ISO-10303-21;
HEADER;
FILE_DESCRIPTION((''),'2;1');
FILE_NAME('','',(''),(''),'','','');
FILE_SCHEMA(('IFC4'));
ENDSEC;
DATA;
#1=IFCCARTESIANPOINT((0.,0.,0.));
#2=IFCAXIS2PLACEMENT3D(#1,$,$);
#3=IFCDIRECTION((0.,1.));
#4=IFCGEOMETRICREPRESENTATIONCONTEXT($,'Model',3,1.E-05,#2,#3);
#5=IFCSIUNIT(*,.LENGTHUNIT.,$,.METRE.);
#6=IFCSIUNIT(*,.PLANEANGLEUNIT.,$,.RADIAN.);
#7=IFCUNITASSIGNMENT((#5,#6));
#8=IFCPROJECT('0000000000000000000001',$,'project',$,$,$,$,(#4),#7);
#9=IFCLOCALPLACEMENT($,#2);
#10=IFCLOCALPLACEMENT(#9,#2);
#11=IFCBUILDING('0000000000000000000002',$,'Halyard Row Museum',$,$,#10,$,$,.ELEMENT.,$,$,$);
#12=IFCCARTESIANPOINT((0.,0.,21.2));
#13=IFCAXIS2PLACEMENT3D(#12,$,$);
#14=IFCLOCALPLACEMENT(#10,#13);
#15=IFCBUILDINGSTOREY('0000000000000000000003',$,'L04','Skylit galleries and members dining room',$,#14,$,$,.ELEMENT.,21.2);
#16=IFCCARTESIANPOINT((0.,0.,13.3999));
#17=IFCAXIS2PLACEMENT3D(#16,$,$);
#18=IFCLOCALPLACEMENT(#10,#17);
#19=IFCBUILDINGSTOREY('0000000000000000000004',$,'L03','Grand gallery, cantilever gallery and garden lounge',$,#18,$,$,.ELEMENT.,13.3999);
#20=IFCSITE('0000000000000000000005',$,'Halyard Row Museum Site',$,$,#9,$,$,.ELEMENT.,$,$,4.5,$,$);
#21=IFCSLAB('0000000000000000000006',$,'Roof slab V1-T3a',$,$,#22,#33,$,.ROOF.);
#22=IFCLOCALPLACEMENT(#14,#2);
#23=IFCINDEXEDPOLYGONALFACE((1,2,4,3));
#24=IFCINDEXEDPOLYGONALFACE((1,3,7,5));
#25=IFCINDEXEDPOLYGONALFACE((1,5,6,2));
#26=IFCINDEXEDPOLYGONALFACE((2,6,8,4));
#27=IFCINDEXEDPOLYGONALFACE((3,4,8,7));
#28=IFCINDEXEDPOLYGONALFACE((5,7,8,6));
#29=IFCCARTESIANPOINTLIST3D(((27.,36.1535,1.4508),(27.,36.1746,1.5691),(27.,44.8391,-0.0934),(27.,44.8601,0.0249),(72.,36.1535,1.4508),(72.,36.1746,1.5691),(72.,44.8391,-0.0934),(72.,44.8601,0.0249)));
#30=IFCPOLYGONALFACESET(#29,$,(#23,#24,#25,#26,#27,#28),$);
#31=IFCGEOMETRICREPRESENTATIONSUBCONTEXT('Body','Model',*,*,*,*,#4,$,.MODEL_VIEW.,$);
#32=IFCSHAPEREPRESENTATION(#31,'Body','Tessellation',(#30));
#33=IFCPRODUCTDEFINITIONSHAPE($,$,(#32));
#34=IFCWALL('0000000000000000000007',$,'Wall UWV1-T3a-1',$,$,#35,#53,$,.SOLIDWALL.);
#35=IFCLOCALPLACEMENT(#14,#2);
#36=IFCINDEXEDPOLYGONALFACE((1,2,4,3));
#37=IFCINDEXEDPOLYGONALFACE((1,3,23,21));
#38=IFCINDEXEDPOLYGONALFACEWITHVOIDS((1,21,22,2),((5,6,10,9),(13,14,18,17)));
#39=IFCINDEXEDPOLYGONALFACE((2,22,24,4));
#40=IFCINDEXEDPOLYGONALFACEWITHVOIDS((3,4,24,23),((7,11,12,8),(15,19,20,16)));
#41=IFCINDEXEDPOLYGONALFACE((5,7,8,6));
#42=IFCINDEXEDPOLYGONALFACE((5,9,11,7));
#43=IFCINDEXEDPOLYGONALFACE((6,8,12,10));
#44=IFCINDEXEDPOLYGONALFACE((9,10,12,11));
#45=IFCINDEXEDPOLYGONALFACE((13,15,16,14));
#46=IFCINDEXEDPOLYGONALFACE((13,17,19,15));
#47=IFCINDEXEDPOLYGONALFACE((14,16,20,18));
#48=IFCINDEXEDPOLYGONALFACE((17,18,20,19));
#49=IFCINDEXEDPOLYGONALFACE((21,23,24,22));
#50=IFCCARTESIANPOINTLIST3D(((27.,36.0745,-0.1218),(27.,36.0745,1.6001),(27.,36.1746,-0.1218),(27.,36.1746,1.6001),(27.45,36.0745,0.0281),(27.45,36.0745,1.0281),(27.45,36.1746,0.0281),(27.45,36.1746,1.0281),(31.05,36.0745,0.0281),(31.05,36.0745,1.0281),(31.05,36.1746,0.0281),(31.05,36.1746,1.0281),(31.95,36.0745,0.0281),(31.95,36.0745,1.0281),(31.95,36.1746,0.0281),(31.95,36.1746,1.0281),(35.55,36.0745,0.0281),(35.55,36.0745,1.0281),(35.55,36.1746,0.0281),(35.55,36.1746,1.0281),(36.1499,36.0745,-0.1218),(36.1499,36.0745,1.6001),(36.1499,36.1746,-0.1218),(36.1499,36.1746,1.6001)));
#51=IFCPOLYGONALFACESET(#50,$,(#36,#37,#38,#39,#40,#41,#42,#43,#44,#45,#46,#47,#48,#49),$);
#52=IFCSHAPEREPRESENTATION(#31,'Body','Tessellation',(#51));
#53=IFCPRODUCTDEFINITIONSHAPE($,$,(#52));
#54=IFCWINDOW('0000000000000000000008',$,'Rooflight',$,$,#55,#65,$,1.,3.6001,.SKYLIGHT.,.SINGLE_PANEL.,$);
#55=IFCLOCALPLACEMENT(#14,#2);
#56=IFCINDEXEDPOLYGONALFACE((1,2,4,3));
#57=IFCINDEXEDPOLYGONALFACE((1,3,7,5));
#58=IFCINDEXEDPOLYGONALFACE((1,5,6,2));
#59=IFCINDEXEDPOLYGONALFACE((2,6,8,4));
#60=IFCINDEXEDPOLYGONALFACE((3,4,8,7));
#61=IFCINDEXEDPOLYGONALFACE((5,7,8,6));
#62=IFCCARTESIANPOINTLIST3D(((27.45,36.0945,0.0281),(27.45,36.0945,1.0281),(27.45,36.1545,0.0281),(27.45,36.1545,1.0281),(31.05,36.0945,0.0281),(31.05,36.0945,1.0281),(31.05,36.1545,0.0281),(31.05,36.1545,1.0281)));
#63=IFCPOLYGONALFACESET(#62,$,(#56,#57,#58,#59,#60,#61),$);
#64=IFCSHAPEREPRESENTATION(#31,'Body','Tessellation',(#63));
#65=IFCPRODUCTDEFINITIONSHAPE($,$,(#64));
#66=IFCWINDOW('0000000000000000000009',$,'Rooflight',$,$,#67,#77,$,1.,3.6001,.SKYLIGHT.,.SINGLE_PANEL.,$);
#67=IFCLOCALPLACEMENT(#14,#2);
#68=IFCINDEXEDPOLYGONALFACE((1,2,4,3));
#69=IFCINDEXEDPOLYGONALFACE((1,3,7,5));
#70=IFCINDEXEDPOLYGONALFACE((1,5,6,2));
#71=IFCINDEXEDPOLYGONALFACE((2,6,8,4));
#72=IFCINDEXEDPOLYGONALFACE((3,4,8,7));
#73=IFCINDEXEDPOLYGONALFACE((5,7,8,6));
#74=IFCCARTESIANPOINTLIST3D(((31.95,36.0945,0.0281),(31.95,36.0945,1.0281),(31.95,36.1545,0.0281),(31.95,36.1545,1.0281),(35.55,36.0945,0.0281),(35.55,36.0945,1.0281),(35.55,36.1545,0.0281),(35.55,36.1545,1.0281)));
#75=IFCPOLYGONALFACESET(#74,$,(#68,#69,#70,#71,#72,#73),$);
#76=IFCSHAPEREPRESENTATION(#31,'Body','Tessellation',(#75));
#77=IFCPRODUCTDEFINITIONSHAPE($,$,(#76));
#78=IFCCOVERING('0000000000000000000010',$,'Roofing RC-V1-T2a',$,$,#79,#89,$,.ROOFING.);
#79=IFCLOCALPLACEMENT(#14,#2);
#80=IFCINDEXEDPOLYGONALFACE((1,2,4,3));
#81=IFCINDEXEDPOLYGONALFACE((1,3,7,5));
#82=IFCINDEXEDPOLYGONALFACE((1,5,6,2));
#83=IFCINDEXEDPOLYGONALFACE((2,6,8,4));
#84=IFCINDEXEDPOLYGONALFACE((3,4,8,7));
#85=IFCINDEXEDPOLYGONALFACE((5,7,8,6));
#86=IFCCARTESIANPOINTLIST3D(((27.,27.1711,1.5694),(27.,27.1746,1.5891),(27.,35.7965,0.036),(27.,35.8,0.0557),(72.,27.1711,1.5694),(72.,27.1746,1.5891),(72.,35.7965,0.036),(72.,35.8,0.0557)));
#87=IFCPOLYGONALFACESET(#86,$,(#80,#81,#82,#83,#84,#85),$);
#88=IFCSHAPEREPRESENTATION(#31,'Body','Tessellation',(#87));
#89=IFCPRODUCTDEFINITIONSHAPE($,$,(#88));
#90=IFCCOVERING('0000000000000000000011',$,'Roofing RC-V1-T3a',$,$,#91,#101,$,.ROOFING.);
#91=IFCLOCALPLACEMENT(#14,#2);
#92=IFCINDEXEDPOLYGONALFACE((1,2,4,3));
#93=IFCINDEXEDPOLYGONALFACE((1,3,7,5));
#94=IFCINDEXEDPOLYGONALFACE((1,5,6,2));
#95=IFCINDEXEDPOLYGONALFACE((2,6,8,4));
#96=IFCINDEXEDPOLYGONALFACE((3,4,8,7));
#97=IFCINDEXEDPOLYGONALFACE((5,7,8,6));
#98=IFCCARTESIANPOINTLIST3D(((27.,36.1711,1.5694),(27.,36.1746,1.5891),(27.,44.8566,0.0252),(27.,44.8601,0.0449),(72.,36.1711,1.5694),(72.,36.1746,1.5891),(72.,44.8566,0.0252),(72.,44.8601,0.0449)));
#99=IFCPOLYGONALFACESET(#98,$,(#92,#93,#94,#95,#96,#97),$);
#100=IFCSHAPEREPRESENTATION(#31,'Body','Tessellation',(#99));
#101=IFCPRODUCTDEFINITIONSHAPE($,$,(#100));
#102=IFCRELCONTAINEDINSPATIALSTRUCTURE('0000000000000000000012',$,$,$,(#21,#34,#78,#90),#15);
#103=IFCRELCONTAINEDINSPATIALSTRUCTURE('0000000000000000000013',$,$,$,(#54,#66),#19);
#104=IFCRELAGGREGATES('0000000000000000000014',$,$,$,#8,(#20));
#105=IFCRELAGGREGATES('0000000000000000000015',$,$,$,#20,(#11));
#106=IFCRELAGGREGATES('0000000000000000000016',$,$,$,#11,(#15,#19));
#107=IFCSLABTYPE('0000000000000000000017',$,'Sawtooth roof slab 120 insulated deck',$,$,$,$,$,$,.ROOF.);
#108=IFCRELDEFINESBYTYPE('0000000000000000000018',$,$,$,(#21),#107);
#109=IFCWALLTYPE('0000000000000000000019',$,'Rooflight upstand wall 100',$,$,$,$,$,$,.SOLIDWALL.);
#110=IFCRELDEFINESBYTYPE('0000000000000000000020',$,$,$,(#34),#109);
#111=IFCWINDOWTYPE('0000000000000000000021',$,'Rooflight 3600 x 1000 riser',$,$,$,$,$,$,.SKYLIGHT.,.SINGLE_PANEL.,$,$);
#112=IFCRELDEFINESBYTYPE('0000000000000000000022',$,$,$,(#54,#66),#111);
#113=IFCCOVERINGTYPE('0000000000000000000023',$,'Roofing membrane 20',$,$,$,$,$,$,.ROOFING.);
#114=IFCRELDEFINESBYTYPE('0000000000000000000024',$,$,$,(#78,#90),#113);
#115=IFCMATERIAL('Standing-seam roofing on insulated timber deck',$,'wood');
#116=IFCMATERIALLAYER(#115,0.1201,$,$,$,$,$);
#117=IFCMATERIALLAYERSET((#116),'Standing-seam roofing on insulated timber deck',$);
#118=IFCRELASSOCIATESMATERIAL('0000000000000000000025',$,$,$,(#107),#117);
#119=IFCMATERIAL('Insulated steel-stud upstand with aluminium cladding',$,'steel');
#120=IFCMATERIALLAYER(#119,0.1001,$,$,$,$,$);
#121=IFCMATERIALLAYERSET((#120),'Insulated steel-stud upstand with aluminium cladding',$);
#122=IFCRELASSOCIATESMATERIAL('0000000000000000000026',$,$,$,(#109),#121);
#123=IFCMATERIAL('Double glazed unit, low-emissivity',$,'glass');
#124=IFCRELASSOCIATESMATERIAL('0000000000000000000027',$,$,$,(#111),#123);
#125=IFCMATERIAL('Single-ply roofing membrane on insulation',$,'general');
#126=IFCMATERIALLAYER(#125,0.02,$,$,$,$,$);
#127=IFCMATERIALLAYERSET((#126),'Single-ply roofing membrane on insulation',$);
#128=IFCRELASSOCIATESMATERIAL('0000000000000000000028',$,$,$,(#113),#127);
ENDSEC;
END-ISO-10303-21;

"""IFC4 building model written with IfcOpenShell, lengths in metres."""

from ifc_helpers import new_model, si_unit, direction, frame, frame_2d, origin, place, context, subcontext, project, spatial, polyline, rectangle, outline, extrude, material, layer, layer_set, type_object, element, fill, save


model = new_model("IFC4")

# Units and contexts
model_context = context("Model", 3, precision=1e-05, world=origin(), true_north=direction((0.0, 1.0)))
body_context = subcontext(model_context, "Body", "Model", "MODEL_VIEW")
ifc_project = project(units=[si_unit("LENGTHUNIT", "METRE"), si_unit("PLANEANGLEUNIT", "RADIAN")], contexts=[model_context])

# Site, building, storey
site_placement = place(None, origin())
site = spatial("IfcSite", under=ifc_project, at=site_placement, Name="Halyard Row Museum Site", CompositionType="ELEMENT", RefElevation=4.5)
building_placement = place(site_placement, origin())
building = spatial("IfcBuilding", under=site, at=building_placement, Name="Halyard Row Museum", CompositionType="ELEMENT")
storey_1_placement = place(building_placement, frame((0.0, 0.0, 21.2)))
storey_1 = spatial("IfcBuildingStorey", under=building, at=storey_1_placement, Name="L04", Description="Skylit galleries and members dining room", CompositionType="ELEMENT", Elevation=21.2)

# Slab
ifc_material_1 = material(Name="Standing-seam roofing on insulated timber deck", Category="wood")
ifc_layer_1 = layer(ifc_material_1, 0.1201)
ifc_layer_set_1 = layer_set([ifc_layer_1], Name="Standing-seam roofing on insulated timber deck")
slab_type = type_object("IfcSlabType", Name="Sawtooth roof slab 120 insulated deck", PredefinedType="ROOF", material=ifc_layer_set_1)
slab_placement = place(storey_1_placement, frame((27.0, 36.1746, 1.5691), z_axis=(0.0, 0.175043, 0.984561), x_axis=(1.0, 0.0, 0.0)))
element("IfcSlab", 1, at=slab_placement, inside=storey_1, type_object=slab_type, Name="Roof slab V1-T3a", PredefinedType="ROOF", context=body_context, shape_type="SweptSolid", body=[
    extrude(outline(polyline([(0.0, 0.0), (45.0, 0.0), (45.0, 8.8217), (0.0, 8.8217), (0.0, 0.0)])), origin(), (0.0, 0.0, -1.0), 0.1201),
])

# Shared definitions
ifc_material_2 = material(Name="Insulated steel-stud upstand with aluminium cladding", Category="steel")
ifc_layer_2 = layer(ifc_material_2, 0.1001)
ifc_layer_set_2 = layer_set([ifc_layer_2], Name="Insulated steel-stud upstand with aluminium cladding")
wall_type = type_object("IfcWallType", Name="Rooflight upstand wall 100", PredefinedType="SOLIDWALL", material=ifc_layer_set_2)

# Shared definitions
storey_2_placement = place(building_placement, frame((0.0, 0.0, 13.3999)))
storey_2 = spatial("IfcBuildingStorey", under=building, at=storey_2_placement, Name="L03", Description="Grand gallery, cantilever gallery and garden lounge", CompositionType="ELEMENT", Elevation=13.3999)

# Shared definitions
ifc_material_3 = material(Name="Double glazed unit, low-emissivity", Category="glass")
window_type = type_object("IfcWindowType", Name="Rooflight 3600 x 1000 riser", PartitioningType="SINGLE_PANEL", PredefinedType="SKYLIGHT", material=ifc_material_3)

# Wall, openings, windows
wall_1_placement = place(storey_1_placement, frame((27.0, 36.1245, -0.1218), z_axis=(0.0, 0.0, 1.0), x_axis=(1.0, 0.0, 0.0)))
wall_1 = element("IfcWall", 2, at=wall_1_placement, inside=storey_1, type_object=wall_type, Name="Wall UWV1-T3a-1", PredefinedType="SOLIDWALL", context=body_context, shape_type="SweptSolid", body=[
    extrude(rectangle(XDim=9.1499, YDim=0.1001, at=frame_2d((4.575, 0.0))), origin(), (0.0, 0.0, 1.0), 1.7219),
])
opening_1_placement = place(wall_1_placement, frame((0.45, 0.0, 0.1499)))
opening_1 = element("IfcOpeningElement", 3, at=opening_1_placement, cuts=wall_1, PredefinedType="OPENING", context=body_context, shape_type="SweptSolid", body=[
    extrude(rectangle(XDim=3.6001, YDim=1.0, at=frame_2d((1.8, 0.5))), frame((0.0, 0.0601, 0.0), z_axis=(0.0, -1.0, 0.0), x_axis=(1.0, 0.0, 0.0)), (0.0, 0.0, 1.0), 0.1201),
])
opening_2_placement = place(wall_1_placement, frame((4.95, 0.0, 0.1499)))
opening_2 = element("IfcOpeningElement", 4, at=opening_2_placement, cuts=wall_1, PredefinedType="OPENING", context=body_context, shape_type="SweptSolid", body=[
    extrude(rectangle(XDim=3.6001, YDim=1.0, at=frame_2d((1.8, 0.5))), frame((0.0, 0.0601, 0.0), z_axis=(0.0, -1.0, 0.0), x_axis=(1.0, 0.0, 0.0)), (0.0, 0.0, 1.0), 0.1201),
])
window_1_placement = place(opening_1_placement, origin())
window_1 = element("IfcWindow", 5, at=window_1_placement, inside=storey_2, type_object=window_type, Name="Rooflight", OverallHeight=1.0, OverallWidth=3.6001, PartitioningType="SINGLE_PANEL", PredefinedType="SKYLIGHT", context=body_context, shape_type="SweptSolid", body=[
    extrude(rectangle(XDim=3.6001, YDim=1.0, at=frame_2d((1.8, 0.5))), frame((0.0, 0.03, 0.0), z_axis=(0.0, -1.0, 0.0), x_axis=(1.0, 0.0, 0.0)), (0.0, 0.0, 1.0), 0.0601),
])
fill(opening_1, window_1)
window_2_placement = place(opening_2_placement, origin())
window_2 = element("IfcWindow", 6, at=window_2_placement, inside=storey_2, type_object=window_type, Name="Rooflight", OverallHeight=1.0, OverallWidth=3.6001, PartitioningType="SINGLE_PANEL", PredefinedType="SKYLIGHT", context=body_context, shape_type="SweptSolid", body=[
    extrude(rectangle(XDim=3.6001, YDim=1.0, at=frame_2d((1.8, 0.5))), frame((0.0, 0.03, 0.0), z_axis=(0.0, -1.0, 0.0), x_axis=(1.0, 0.0, 0.0)), (0.0, 0.0, 1.0), 0.0601),
])
fill(opening_2, window_2)

# Coverings
ifc_material_4 = material(Name="Single-ply roofing membrane on insulation", Category="general")
ifc_layer_3 = layer(ifc_material_4, 0.02)
ifc_layer_set_3 = layer_set([ifc_layer_3], Name="Single-ply roofing membrane on insulation")
covering_type = type_object("IfcCoveringType", Name="Roofing membrane 20", PredefinedType="ROOFING", material=ifc_layer_set_3)
covering_1_placement = place(storey_1_placement, frame((27.0, 27.1746, 1.5891), z_axis=(0.0, 0.175036, 0.984562), x_axis=(1.0, 0.0, 0.0)))
element("IfcCovering", 7, at=covering_1_placement, inside=storey_1, type_object=covering_type, Name="Roofing RC-V1-T2a", PredefinedType="ROOFING", context=body_context, shape_type="SweptSolid", body=[
    extrude(outline(polyline([(0.0, 0.0), (45.0, 0.0), (45.0, 8.7607), (0.0, 8.7607), (0.0, 0.0)])), origin(), (0.0, 0.0, -1.0), 0.02),
])
covering_2_placement = place(storey_1_placement, frame((27.0, 36.1746, 1.5891), z_axis=(0.0, 0.175043, 0.984561), x_axis=(1.0, 0.0, 0.0)))
element("IfcCovering", 8, at=covering_2_placement, inside=storey_1, type_object=covering_type, Name="Roofing RC-V1-T3a", PredefinedType="ROOFING", context=body_context, shape_type="SweptSolid", body=[
    extrude(outline(polyline([(0.0, 0.0), (45.0, 0.0), (45.0, 8.8217), (0.0, 8.8217), (0.0, 0.0)])), origin(), (0.0, 0.0, -1.0), 0.02),
])

save(model, "model.ifc")
